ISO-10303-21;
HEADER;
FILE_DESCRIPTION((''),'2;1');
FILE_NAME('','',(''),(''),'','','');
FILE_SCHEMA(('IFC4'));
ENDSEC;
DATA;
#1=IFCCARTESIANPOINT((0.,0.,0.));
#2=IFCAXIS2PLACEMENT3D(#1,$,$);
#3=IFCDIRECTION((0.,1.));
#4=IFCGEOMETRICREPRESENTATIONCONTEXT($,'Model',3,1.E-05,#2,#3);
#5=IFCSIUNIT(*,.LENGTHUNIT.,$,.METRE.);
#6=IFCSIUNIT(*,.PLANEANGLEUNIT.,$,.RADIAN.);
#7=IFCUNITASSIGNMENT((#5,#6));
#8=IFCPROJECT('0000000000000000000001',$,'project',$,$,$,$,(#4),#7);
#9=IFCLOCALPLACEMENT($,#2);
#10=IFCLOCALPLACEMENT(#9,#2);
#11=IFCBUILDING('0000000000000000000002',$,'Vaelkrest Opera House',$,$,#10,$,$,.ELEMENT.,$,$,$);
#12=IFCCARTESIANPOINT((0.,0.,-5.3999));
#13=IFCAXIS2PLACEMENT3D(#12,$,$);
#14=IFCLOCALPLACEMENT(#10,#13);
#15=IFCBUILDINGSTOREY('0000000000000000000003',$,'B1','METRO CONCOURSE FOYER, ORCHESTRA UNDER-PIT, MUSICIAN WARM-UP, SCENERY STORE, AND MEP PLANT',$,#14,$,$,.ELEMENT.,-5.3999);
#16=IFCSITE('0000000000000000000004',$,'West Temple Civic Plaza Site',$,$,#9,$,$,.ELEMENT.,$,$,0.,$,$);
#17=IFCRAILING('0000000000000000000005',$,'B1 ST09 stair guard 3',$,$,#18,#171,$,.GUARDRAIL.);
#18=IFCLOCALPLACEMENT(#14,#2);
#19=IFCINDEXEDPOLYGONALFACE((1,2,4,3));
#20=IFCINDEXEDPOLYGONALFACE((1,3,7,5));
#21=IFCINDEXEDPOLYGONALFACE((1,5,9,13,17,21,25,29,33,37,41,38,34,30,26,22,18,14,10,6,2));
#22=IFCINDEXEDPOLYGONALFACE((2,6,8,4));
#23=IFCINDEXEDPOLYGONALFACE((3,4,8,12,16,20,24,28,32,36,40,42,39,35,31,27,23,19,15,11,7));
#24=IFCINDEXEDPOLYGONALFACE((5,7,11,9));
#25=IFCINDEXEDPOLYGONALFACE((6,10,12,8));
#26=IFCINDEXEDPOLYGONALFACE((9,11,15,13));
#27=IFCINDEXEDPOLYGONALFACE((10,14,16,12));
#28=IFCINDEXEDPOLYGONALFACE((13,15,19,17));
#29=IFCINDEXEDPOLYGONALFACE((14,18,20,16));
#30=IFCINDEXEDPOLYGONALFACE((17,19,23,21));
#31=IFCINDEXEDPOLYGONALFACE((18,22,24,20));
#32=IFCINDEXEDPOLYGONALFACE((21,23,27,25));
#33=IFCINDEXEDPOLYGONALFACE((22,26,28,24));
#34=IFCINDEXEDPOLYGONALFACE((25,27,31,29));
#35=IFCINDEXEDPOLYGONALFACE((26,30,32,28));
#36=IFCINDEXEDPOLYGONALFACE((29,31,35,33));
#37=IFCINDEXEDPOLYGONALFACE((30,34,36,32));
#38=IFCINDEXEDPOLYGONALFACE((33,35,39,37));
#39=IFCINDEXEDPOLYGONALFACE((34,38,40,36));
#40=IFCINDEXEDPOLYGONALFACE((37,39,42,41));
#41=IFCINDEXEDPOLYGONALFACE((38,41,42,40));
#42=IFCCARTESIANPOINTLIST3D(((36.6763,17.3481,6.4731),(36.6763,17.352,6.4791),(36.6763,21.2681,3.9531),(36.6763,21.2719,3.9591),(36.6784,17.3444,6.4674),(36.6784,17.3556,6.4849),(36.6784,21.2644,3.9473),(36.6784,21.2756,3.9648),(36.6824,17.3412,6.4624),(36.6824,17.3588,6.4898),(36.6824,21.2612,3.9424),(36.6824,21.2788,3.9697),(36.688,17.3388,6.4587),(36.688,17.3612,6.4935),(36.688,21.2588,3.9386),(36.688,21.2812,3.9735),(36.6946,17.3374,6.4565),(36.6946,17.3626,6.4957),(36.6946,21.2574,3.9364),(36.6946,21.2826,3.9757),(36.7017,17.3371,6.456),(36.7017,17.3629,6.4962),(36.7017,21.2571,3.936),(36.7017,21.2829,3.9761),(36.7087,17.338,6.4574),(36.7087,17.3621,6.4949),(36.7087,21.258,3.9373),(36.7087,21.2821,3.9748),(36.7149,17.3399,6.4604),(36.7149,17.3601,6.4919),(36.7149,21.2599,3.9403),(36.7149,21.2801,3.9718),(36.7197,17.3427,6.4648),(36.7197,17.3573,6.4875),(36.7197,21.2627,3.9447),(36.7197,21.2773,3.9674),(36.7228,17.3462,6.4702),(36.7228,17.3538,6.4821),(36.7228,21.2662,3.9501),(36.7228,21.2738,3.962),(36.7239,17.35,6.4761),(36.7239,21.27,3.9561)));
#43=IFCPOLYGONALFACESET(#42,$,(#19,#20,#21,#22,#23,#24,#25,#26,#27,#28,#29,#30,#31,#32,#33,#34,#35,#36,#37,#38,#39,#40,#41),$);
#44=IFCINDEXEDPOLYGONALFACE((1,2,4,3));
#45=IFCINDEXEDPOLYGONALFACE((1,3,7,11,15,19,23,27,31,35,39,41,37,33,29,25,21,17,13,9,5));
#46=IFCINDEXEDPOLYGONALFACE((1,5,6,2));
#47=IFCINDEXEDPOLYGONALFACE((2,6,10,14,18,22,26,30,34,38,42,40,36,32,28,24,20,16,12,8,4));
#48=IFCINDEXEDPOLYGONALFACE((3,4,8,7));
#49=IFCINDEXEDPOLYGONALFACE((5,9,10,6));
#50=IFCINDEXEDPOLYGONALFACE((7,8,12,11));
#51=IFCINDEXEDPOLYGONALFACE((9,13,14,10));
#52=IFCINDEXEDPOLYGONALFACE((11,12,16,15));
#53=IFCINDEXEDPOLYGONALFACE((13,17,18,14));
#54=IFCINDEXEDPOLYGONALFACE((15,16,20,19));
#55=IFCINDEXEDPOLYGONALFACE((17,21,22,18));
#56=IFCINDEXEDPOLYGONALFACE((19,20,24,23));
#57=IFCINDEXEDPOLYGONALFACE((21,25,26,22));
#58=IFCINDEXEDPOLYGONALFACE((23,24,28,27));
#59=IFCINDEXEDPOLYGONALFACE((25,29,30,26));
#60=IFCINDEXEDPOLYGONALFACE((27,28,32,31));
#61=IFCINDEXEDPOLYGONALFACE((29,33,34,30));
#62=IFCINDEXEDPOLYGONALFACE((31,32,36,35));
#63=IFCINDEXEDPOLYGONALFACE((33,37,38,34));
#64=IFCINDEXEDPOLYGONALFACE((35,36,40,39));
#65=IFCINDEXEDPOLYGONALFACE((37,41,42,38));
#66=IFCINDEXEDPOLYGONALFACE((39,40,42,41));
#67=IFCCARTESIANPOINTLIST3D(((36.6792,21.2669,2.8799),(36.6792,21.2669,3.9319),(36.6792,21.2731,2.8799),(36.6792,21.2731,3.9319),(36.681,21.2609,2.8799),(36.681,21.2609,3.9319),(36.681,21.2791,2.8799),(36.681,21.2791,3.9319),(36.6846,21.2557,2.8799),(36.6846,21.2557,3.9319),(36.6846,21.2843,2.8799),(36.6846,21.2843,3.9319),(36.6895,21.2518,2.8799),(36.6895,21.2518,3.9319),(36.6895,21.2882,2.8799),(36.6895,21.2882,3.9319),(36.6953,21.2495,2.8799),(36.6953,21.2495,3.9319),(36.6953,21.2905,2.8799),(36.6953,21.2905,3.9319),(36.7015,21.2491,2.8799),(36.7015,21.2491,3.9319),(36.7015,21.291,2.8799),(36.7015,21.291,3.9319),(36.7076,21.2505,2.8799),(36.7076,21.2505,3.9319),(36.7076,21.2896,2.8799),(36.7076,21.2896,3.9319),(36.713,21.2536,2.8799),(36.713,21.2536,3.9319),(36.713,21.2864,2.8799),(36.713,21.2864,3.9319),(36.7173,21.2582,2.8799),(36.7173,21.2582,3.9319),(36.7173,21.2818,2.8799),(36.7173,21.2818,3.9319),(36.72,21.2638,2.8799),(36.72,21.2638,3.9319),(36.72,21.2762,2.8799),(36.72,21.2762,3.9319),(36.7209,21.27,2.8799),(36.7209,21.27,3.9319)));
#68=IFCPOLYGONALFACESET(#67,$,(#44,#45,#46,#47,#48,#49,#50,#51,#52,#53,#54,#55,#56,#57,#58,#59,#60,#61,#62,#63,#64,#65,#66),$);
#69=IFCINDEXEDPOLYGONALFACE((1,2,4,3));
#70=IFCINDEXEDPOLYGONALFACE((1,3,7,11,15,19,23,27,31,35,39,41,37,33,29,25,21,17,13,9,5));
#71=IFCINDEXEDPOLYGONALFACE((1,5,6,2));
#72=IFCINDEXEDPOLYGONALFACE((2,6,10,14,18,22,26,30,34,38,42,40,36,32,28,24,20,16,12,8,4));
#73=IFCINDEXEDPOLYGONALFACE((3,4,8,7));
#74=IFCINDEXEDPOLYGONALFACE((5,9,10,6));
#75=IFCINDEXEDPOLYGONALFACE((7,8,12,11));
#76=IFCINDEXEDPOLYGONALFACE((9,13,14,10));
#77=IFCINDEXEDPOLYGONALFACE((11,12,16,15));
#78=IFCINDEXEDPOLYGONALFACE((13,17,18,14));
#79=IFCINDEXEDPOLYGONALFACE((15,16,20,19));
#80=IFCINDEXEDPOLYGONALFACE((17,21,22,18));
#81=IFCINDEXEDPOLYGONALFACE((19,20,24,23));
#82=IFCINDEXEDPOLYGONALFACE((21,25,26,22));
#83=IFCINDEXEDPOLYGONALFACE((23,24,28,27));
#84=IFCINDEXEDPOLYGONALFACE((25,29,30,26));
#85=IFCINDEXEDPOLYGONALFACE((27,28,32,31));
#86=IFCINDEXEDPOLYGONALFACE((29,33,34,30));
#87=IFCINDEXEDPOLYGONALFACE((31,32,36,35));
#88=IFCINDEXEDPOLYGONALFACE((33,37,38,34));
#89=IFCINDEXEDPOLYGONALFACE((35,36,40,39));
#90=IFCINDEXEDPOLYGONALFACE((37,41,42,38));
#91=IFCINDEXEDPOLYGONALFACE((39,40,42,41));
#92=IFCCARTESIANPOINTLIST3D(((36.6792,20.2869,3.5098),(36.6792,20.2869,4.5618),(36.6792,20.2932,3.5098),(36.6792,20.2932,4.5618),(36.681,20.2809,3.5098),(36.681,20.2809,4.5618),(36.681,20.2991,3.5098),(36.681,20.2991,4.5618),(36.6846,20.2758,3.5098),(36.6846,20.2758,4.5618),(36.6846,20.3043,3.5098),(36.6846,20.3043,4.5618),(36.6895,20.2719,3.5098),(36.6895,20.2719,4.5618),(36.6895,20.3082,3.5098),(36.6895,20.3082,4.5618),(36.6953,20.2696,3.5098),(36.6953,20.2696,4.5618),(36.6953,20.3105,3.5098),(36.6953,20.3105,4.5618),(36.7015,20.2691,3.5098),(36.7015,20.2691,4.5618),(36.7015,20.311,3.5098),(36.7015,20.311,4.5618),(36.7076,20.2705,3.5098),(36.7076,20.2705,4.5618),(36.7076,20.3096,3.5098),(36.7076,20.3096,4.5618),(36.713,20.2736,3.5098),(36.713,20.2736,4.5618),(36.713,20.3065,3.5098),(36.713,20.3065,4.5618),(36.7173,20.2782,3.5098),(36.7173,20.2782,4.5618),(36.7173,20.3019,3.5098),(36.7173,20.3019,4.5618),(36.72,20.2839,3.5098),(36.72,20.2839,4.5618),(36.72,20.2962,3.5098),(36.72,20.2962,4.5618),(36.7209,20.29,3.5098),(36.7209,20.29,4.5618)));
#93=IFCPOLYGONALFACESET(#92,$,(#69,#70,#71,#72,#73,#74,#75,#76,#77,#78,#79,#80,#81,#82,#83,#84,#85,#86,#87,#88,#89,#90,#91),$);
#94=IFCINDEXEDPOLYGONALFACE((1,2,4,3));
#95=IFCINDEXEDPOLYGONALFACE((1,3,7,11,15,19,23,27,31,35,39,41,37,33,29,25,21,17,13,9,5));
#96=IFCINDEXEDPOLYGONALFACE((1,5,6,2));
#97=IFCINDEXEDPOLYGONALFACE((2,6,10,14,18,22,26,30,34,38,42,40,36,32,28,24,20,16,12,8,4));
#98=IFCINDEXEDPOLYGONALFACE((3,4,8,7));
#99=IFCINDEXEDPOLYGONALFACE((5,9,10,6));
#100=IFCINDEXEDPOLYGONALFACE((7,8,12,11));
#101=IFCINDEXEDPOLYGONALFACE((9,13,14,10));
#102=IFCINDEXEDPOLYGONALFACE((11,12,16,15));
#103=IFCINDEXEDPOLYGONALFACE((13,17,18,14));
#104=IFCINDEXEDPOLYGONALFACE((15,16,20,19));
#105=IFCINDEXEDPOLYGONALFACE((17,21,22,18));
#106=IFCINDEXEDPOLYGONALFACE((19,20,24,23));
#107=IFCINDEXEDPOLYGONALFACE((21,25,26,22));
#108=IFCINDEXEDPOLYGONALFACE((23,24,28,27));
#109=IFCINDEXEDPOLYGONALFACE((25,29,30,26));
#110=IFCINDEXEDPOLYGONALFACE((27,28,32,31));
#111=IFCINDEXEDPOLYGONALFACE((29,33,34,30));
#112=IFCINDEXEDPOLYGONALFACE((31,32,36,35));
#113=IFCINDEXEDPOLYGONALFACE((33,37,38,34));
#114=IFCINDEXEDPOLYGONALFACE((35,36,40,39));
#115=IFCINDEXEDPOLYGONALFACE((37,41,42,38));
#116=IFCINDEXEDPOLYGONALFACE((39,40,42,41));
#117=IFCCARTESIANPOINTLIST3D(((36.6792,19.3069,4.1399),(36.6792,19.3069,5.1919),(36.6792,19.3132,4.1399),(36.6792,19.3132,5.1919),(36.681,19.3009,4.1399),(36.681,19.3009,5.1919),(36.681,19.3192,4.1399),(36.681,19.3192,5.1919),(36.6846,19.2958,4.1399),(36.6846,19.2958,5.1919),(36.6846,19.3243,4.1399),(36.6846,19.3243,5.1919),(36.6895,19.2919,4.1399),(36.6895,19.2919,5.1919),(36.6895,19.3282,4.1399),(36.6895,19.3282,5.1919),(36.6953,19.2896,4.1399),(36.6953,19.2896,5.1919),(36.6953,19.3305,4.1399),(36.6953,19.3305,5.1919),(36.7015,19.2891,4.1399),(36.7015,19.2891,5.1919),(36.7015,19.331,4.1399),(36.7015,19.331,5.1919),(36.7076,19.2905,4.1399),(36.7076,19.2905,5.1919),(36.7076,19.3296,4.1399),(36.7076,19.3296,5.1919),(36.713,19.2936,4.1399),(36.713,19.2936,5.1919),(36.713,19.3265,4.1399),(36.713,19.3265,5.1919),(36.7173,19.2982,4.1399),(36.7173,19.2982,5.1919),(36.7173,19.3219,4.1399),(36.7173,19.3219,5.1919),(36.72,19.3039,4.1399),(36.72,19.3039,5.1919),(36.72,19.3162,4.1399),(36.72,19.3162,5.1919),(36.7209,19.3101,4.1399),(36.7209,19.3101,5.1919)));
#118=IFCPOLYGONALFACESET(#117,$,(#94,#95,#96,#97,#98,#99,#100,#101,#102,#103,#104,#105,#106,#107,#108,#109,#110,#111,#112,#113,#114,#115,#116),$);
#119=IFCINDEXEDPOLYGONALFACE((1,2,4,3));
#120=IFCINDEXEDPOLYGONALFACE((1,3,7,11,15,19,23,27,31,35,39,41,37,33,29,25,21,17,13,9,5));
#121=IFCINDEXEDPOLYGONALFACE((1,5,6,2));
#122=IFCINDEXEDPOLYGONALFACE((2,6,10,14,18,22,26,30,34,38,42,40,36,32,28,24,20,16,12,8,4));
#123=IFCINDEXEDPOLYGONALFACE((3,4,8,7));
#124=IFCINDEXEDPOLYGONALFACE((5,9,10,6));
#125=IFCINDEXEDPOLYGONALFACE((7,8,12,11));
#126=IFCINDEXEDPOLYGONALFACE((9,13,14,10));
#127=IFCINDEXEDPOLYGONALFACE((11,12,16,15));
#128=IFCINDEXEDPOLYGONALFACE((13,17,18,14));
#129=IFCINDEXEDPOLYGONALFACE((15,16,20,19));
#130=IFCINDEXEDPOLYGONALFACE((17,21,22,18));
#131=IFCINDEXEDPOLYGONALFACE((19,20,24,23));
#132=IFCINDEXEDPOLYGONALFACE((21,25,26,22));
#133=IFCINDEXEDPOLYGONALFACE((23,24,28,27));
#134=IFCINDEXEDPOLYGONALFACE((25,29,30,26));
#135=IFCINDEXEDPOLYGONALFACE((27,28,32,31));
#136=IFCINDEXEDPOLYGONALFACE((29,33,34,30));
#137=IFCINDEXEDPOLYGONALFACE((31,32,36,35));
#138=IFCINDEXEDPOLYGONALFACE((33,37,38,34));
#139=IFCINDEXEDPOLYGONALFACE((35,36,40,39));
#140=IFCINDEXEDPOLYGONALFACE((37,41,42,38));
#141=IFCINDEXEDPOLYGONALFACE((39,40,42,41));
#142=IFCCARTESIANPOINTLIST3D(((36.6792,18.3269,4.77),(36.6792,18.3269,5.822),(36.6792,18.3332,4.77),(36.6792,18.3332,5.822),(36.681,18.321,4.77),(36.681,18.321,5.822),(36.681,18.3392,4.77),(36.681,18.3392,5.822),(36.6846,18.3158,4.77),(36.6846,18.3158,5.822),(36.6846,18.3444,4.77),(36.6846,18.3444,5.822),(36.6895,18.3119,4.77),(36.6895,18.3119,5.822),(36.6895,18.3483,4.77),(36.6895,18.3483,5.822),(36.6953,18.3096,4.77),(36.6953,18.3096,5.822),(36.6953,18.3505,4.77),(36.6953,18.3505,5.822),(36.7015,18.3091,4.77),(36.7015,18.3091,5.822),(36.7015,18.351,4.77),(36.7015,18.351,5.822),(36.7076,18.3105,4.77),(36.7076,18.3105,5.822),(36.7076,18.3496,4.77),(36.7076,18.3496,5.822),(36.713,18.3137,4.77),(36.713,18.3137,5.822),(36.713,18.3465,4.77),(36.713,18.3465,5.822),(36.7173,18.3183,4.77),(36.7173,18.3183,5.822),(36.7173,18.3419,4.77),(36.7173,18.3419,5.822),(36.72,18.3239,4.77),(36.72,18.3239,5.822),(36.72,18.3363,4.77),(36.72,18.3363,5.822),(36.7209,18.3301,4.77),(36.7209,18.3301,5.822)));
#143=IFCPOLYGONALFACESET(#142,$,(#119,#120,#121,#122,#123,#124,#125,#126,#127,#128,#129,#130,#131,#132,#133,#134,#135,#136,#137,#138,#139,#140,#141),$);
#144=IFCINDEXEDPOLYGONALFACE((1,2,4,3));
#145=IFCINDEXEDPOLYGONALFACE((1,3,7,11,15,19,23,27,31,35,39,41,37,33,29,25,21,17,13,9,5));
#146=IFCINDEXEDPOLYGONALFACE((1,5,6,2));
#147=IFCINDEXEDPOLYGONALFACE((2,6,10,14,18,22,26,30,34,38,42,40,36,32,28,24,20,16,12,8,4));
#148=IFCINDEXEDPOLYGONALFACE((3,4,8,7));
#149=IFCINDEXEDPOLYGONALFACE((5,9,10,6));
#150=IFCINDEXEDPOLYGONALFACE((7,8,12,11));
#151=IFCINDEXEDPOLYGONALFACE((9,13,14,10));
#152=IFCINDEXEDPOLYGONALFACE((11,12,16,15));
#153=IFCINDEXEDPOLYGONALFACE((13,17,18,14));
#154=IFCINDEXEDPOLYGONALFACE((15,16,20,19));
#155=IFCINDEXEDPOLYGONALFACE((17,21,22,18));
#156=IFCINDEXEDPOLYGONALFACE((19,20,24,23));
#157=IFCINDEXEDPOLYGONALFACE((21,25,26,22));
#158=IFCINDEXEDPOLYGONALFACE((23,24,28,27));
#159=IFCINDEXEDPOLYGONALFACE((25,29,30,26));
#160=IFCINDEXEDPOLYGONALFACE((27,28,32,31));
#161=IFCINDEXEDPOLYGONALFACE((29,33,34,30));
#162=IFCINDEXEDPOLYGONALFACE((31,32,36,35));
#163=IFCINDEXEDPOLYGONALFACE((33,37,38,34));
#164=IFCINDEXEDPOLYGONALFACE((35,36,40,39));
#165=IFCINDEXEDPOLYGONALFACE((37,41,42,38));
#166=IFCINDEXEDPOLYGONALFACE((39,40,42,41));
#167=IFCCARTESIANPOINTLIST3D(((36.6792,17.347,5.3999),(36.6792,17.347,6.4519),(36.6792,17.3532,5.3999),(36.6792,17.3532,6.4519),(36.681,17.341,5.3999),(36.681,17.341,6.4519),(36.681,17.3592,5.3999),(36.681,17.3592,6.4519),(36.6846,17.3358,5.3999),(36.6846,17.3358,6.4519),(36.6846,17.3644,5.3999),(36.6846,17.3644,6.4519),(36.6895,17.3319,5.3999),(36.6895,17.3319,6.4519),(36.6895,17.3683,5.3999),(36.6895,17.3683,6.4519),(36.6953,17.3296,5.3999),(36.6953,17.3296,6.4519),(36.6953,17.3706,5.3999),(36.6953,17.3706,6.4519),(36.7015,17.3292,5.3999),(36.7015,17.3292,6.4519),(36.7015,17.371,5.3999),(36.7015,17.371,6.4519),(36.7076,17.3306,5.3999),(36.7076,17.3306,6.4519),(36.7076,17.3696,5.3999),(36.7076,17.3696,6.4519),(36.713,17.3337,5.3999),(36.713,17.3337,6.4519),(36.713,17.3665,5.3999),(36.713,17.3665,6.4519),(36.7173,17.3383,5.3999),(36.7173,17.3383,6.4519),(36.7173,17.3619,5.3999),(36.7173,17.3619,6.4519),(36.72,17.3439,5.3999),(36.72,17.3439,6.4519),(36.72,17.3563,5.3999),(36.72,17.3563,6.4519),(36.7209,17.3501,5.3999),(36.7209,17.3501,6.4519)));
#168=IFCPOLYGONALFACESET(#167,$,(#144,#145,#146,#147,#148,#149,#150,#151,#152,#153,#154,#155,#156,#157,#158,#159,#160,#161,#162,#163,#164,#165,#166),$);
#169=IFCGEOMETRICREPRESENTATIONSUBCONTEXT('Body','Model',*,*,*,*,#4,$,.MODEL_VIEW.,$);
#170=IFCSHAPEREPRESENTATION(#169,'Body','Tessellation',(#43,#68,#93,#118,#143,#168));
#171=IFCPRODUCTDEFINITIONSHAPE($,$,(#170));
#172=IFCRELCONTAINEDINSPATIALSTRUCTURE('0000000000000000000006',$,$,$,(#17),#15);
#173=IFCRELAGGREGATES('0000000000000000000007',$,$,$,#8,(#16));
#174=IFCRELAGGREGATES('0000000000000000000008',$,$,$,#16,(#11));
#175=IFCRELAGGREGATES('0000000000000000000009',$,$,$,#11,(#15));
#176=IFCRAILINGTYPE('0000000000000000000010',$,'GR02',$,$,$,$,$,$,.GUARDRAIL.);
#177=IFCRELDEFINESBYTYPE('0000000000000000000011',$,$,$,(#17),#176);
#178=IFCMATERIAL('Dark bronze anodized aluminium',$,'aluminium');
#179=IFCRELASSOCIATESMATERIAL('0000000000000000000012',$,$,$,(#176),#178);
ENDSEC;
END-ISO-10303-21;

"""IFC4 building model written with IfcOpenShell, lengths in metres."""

from ifc_helpers import new_model, si_unit, direction, frame, origin, origin_2d, place, context, subcontext, project, spatial, circle, extrude, material, type_object, element, save


model = new_model("IFC4")

# Units and contexts
model_context = context("Model", 3, precision=1e-05, world=origin(), true_north=direction((0.0, 1.0)))
body_context = subcontext(model_context, "Body", "Model", "MODEL_VIEW")
ifc_project = project(units=[si_unit("LENGTHUNIT", "METRE"), si_unit("PLANEANGLEUNIT", "RADIAN")], contexts=[model_context])

# Site, building, storey
site_placement = place(None, origin())
site = spatial("IfcSite", under=ifc_project, at=site_placement, Name="West Temple Civic Plaza Site", CompositionType="ELEMENT", RefElevation=0.0)
building_placement = place(site_placement, origin())
building = spatial("IfcBuilding", under=site, at=building_placement, Name="Vaelkrest Opera House", CompositionType="ELEMENT")
storey_placement = place(building_placement, frame((0.0, 0.0, -5.3999)))
storey = spatial("IfcBuildingStorey", under=building, at=storey_placement, Name="B1", Description="METRO CONCOURSE FOYER, ORCHESTRA UNDER-PIT, MUSICIAN WARM-UP, SCENERY STORE, AND MEP PLANT", CompositionType="ELEMENT", Elevation=-5.3999)

# Railing
ifc_material_1 = material(Name="Dark bronze anodized aluminium", Category="aluminium")
railing_type_1 = type_object("IfcRailingType", Name="GR02", PredefinedType="GUARDRAIL", material=ifc_material_1)
railing_1_placement = place(storey_placement, frame((36.7, 21.27, 2.8799)))
element("IfcRailing", 1, at=railing_1_placement, inside=storey, type_object=railing_type_1, Name="B1 ST09 stair guard 3", PredefinedType="GUARDRAIL", context=body_context, shape_type="SweptSolid", body=[
    extrude(circle(Radius=0.0239, at=origin_2d()), frame((0.0, 0.0, 1.0762), z_axis=(0.0, -0.841172, 0.540768), x_axis=(1.0, 0.0, 0.0)), (0.0, 0.0, 1.0), 4.6602),
    extrude(circle(Radius=0.021, at=origin_2d()), origin(), (0.0, 0.0, 1.0), 1.052),
    extrude(circle(Radius=0.021, at=origin_2d()), frame((0.0, -0.98, 0.6299)), (0.0, 0.0, 1.0), 1.052),
    extrude(circle(Radius=0.021, at=origin_2d()), frame((0.0, -1.96, 1.26)), (0.0, 0.0, 1.0), 1.052),
    extrude(circle(Radius=0.021, at=origin_2d()), frame((0.0, -2.9399, 1.8901)), (0.0, 0.0, 1.0), 1.052),
    extrude(circle(Radius=0.021, at=origin_2d()), frame((0.0, -3.9199, 2.52)), (0.0, 0.0, 1.0), 1.052),
])

save(model, "model.ifc")
